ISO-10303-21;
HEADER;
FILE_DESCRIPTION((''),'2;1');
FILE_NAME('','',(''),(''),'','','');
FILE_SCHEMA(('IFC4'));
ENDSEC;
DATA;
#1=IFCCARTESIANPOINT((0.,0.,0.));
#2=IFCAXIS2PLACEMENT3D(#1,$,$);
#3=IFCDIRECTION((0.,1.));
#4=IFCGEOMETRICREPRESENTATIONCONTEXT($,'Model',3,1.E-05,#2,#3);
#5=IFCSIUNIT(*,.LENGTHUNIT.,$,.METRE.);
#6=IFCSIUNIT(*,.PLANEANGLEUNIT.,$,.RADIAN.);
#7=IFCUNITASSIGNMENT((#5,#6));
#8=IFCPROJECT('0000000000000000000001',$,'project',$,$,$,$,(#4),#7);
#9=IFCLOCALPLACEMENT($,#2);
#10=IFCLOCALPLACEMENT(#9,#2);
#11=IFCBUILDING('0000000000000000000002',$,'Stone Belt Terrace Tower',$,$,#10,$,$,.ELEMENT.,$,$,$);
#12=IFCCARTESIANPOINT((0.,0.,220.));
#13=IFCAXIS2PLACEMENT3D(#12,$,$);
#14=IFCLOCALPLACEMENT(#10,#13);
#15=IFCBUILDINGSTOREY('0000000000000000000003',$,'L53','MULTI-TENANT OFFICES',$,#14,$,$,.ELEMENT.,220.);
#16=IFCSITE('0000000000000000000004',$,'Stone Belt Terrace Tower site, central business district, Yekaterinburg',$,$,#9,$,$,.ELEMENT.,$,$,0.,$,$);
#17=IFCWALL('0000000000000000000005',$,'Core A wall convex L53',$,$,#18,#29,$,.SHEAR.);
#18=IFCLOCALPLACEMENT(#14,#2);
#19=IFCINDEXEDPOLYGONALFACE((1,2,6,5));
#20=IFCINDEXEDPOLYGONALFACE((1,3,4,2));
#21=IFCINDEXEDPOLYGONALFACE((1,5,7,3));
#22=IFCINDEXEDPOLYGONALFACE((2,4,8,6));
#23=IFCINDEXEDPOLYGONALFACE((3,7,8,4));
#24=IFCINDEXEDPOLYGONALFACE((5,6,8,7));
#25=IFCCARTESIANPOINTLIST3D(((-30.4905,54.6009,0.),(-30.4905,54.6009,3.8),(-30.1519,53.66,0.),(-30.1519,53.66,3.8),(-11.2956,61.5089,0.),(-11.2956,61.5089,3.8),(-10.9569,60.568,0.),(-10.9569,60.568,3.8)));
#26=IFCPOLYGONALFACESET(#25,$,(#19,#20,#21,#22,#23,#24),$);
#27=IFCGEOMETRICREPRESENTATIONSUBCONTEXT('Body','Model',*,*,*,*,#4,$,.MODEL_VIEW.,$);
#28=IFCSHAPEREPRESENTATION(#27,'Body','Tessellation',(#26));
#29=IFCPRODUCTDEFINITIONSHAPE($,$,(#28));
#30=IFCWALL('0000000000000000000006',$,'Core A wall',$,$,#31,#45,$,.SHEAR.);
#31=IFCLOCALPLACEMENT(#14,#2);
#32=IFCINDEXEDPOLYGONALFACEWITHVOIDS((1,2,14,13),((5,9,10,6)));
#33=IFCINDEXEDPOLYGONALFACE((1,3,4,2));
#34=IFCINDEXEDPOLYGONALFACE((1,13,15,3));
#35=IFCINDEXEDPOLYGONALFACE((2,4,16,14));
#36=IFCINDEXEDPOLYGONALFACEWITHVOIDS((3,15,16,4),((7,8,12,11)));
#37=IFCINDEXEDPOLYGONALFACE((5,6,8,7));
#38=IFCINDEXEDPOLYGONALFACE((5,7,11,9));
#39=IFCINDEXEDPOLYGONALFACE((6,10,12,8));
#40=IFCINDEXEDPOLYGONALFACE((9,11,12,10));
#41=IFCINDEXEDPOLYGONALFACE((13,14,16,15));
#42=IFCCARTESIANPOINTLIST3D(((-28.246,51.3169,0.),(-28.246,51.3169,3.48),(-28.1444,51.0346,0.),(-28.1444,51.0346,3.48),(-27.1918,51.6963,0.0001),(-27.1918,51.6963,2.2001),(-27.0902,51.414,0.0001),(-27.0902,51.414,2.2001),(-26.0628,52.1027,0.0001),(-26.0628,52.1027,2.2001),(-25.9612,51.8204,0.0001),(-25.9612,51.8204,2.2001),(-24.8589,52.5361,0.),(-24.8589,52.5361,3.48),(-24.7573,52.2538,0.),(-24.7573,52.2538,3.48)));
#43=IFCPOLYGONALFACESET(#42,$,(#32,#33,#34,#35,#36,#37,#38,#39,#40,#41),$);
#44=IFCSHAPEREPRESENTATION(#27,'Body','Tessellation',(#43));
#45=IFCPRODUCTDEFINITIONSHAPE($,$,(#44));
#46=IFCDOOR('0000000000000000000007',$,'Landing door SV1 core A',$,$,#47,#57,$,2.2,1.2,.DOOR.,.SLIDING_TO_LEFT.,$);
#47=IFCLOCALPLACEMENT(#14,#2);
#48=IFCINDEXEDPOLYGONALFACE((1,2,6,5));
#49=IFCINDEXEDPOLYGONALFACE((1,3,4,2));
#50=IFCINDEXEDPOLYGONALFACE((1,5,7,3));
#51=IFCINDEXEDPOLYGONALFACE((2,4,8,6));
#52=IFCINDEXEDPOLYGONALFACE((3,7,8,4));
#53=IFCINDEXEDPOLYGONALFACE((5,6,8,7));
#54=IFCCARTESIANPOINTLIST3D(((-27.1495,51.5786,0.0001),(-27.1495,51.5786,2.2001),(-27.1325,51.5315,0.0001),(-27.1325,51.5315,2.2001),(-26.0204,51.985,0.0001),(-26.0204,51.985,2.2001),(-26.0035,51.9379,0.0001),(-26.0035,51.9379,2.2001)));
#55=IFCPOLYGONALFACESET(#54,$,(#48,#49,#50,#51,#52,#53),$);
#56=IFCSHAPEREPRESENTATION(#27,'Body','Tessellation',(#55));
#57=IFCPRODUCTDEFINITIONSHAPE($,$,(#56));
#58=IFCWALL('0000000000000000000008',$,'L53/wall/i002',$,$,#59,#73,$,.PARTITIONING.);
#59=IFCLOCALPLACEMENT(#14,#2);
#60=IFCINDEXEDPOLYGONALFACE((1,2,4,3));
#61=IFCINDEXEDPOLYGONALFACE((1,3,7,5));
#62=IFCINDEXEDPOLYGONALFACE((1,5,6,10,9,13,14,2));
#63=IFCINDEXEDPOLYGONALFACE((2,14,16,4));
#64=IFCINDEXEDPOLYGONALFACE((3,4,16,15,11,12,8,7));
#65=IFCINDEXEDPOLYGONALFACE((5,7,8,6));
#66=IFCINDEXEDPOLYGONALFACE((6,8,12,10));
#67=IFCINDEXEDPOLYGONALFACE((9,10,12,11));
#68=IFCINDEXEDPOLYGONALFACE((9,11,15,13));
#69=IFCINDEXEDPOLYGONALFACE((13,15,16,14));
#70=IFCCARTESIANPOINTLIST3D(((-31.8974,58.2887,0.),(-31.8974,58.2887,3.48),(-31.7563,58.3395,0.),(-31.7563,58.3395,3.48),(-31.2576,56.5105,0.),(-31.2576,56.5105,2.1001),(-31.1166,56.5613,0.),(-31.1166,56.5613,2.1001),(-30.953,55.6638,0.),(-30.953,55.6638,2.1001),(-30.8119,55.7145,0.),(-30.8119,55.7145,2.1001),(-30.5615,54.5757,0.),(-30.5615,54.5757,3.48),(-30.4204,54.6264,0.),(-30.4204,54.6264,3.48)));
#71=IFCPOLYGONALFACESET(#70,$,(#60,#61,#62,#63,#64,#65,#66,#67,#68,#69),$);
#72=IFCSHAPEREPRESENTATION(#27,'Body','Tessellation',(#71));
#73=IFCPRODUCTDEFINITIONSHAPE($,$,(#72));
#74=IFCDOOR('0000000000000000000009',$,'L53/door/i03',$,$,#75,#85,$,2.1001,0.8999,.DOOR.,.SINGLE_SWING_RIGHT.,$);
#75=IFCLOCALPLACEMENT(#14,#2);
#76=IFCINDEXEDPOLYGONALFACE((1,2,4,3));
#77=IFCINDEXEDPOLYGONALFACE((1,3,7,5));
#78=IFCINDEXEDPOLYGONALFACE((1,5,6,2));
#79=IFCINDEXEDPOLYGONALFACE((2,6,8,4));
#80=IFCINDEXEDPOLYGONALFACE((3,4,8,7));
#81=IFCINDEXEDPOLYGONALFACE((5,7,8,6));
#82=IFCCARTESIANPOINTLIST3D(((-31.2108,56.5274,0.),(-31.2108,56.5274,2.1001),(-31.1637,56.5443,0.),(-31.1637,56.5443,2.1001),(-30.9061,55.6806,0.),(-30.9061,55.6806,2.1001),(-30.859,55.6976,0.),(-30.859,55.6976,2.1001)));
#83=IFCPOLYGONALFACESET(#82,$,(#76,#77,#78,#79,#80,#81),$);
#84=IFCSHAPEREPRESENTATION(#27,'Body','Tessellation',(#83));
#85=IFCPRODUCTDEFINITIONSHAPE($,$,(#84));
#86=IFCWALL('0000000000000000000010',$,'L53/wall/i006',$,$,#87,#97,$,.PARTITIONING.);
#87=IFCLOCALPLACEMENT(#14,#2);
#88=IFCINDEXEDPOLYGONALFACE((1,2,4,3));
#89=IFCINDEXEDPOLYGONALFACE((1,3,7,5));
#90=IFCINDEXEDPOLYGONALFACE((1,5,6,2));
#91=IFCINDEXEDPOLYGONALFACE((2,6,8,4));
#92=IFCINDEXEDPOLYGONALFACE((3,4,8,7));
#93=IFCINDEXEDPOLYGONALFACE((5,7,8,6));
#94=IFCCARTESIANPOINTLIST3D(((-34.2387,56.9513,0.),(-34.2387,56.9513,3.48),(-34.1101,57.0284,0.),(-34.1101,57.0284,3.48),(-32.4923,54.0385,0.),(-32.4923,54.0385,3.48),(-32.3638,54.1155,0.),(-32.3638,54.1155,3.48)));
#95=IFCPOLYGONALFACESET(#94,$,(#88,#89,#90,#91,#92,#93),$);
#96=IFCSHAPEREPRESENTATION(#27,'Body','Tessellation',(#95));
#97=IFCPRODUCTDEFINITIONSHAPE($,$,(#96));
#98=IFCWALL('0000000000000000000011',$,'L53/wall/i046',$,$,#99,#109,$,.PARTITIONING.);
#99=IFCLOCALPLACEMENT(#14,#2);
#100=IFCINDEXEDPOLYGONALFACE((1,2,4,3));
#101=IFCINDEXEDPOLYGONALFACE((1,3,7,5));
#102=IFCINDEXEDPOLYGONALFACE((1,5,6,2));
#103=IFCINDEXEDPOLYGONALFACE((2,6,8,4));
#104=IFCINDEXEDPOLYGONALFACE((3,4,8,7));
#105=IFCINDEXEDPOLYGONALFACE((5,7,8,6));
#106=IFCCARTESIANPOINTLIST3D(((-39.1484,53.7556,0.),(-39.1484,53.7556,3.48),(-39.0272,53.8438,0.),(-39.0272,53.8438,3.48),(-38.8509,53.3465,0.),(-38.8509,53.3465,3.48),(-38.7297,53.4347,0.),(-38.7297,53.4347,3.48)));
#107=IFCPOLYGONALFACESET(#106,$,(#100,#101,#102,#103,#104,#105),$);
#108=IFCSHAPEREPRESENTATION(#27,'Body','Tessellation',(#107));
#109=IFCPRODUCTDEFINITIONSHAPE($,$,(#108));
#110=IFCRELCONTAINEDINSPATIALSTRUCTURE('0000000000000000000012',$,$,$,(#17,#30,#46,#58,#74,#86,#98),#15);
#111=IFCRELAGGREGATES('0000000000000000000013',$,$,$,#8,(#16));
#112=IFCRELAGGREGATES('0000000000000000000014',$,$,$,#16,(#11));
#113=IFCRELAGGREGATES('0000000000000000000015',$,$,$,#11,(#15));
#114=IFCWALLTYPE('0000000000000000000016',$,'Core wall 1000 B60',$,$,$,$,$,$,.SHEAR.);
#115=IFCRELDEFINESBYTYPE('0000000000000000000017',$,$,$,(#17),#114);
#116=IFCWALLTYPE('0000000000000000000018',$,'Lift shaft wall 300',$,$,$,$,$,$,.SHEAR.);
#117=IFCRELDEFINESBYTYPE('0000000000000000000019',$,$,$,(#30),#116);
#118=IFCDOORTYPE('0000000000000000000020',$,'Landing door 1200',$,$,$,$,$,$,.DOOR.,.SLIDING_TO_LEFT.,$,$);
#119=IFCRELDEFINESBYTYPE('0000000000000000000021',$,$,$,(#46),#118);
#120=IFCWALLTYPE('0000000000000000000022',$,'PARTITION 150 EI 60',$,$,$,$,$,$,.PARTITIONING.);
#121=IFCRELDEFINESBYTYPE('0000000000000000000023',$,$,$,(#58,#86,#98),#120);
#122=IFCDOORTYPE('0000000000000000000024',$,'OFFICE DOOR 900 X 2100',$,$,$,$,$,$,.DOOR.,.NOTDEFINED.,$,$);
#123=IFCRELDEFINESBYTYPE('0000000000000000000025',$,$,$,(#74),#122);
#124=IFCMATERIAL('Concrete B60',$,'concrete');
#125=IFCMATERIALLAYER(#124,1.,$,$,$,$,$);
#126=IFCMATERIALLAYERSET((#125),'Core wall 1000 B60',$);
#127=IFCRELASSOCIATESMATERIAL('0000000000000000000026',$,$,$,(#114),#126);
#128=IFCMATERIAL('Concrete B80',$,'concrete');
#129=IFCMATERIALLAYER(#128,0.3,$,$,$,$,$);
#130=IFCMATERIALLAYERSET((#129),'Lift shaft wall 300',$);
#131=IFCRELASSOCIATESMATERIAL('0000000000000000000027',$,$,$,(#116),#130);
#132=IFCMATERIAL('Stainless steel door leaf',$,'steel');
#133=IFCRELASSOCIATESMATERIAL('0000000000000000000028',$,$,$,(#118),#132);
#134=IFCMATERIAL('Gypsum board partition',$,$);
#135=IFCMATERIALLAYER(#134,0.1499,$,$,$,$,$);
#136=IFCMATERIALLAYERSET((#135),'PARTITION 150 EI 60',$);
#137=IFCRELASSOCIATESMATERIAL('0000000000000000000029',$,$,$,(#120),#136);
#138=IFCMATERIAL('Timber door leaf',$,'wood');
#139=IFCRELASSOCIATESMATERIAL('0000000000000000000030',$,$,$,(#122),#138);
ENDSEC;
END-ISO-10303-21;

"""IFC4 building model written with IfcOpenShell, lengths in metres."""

from ifc_helpers import new_model, si_unit, direction, frame, frame_2d, origin, place, context, subcontext, project, spatial, rectangle, extrude, material, layer, layer_set, type_object, element, fill, save


model = new_model("IFC4")

# Units and contexts
model_context = context("Model", 3, precision=1e-05, world=origin(), true_north=direction((0.0, 1.0)))
body_context = subcontext(model_context, "Body", "Model", "MODEL_VIEW")
ifc_project = project(units=[si_unit("LENGTHUNIT", "METRE"), si_unit("PLANEANGLEUNIT", "RADIAN")], contexts=[model_context])

# Site, building, storey
site_placement = place(None, origin())
site = spatial("IfcSite", under=ifc_project, at=site_placement, Name="Stone Belt Terrace Tower site, central business district, Yekaterinburg", CompositionType="ELEMENT", RefElevation=0.0)
building_placement = place(site_placement, origin())
building = spatial("IfcBuilding", under=site, at=building_placement, Name="Stone Belt Terrace Tower", CompositionType="ELEMENT")
storey_placement = place(building_placement, frame((0.0, 0.0, 220.0)))
storey = spatial("IfcBuildingStorey", under=building, at=storey_placement, Name="L53", Description="MULTI-TENANT OFFICES", CompositionType="ELEMENT", Elevation=220.0)

# Shared definitions
ifc_material_1 = material(Name="Concrete B60", Category="concrete")

# Wall
ifc_layer_1 = layer(ifc_material_1, 1.0)
ifc_layer_set_1 = layer_set([ifc_layer_1], Name="Core wall 1000 B60")
wall_type_1 = type_object("IfcWallType", Name="Core wall 1000 B60", PredefinedType="SHEAR", material=ifc_layer_set_1)
wall_1_placement = place(storey_placement, frame((-30.3213, 54.1304, 0.0), z_axis=(0.0, 0.0, 1.0), x_axis=(0.940921, 0.338625, 0.0)))
element("IfcWall", 1, at=wall_1_placement, inside=storey, type_object=wall_type_1, Name="Core A wall convex L53", PredefinedType="SHEAR", context=body_context, shape_type="SweptSolid", body=[
    extrude(rectangle(XDim=20.4001, YDim=1.0, at=frame_2d((10.2002, 0.0))), origin(), (0.0, 0.0, 1.0), 3.8),
])

# Walls, openings, doors
ifc_material_2 = material(Name="Concrete B80", Category="concrete")
ifc_layer_2 = layer(ifc_material_2, 0.3)
ifc_layer_set_2 = layer_set([ifc_layer_2], Name="Lift shaft wall 300")
wall_type_2 = type_object("IfcWallType", Name="Lift shaft wall 300", PredefinedType="SHEAR", material=ifc_layer_set_2)
wall_2_placement = place(storey_placement, frame((-28.1951, 51.1758, 0.0), z_axis=(0.0, 0.0, 1.0), x_axis=(0.940901, 0.338681, 0.0)))
wall_2 = element("IfcWall", 2, at=wall_2_placement, inside=storey, type_object=wall_type_2, Name="Core A wall", PredefinedType="SHEAR", context=body_context, shape_type="SweptSolid", body=[
    extrude(rectangle(XDim=3.5999, YDim=0.3, at=frame_2d((1.7998, 0.0))), origin(), (0.0, 0.0, 1.0), 3.48),
])
opening_1_placement = place(wall_2_placement, frame((1.1201, 0.0, 0.0)))
opening_1 = element("IfcOpeningElement", 3, at=opening_1_placement, cuts=wall_2, PredefinedType="OPENING", context=body_context, shape_type="SweptSolid", body=[
    extrude(rectangle(XDim=1.2, YDim=2.2, at=frame_2d((0.6001, 1.1001))), frame((0.0, 0.1599, 0.0), z_axis=(0.0, -1.0, 0.0), x_axis=(1.0, 0.0, 0.0)), (0.0, 0.0, 1.0), 0.3201),
])
ifc_material_3 = material(Name="Stainless steel door leaf", Category="steel")
door_type_1 = type_object("IfcDoorType", Name="Landing door 1200", OperationType="SLIDING_TO_LEFT", PredefinedType="DOOR", material=ifc_material_3)
door_1_placement = place(opening_1_placement, origin())
door_1 = element("IfcDoor", 4, at=door_1_placement, inside=storey, type_object=door_type_1, Name="Landing door SV1 core A", OperationType="SLIDING_TO_LEFT", OverallHeight=2.2, OverallWidth=1.2, PredefinedType="DOOR", context=body_context, shape_type="SweptSolid", body=[
    extrude(rectangle(XDim=1.2, YDim=2.2, at=frame_2d((0.6001, 1.1001))), frame((0.0, 0.0249, 0.0), z_axis=(0.0, -1.0, 0.0), x_axis=(1.0, 0.0, 0.0)), (0.0, 0.0, 1.0), 0.05),
])
fill(opening_1, door_1)
ifc_material_4 = material(Name="Gypsum board partition")
ifc_layer_3 = layer(ifc_material_4, 0.1499)
ifc_layer_set_3 = layer_set([ifc_layer_3], Name="PARTITION 150 EI 60")
wall_type_3 = type_object("IfcWallType", Name="PARTITION 150 EI 60", PredefinedType="PARTITIONING", material=ifc_layer_set_3)
wall_3_placement = place(storey_placement, frame((-31.8269, 58.3142, 0.0), z_axis=(0.0, 0.0, 1.0), x_axis=(0.338542, -0.940951, 0.0)))
wall_3 = element("IfcWall", 5, at=wall_3_placement, inside=storey, type_object=wall_type_3, Name="L53/wall/i002", PredefinedType="PARTITIONING", context=body_context, shape_type="SweptSolid", body=[
    extrude(rectangle(XDim=3.946, YDim=0.1499, at=frame_2d((1.9731, 0.0))), origin(), (0.0, 0.0, 1.0), 3.48),
])
opening_2_placement = place(wall_3_placement, frame((1.8899, 0.0, 0.0)))
opening_2 = element("IfcOpeningElement", 6, at=opening_2_placement, cuts=wall_3, PredefinedType="OPENING", context=body_context, shape_type="SweptSolid", body=[
    extrude(rectangle(XDim=0.8999, YDim=2.1001, at=frame_2d((0.45, 1.05))), frame((0.0, 0.085, 0.0), z_axis=(0.0, -1.0, 0.0), x_axis=(1.0, 0.0, 0.0)), (0.0, 0.0, 1.0), 0.1699),
])
ifc_material_5 = material(Name="Timber door leaf", Category="wood")
door_type_2 = type_object("IfcDoorType", Name="OFFICE DOOR 900 X 2100", OperationType="NOTDEFINED", PredefinedType="DOOR", material=ifc_material_5)
door_2_placement = place(opening_2_placement, origin())
door_2 = element("IfcDoor", 7, at=door_2_placement, inside=storey, type_object=door_type_2, Name="L53/door/i03", OperationType="SINGLE_SWING_RIGHT", OverallHeight=2.1001, OverallWidth=0.8999, PredefinedType="DOOR", context=body_context, shape_type="SweptSolid", body=[
    extrude(rectangle(XDim=0.8999, YDim=2.1001, at=frame_2d((0.45, 1.05))), frame((0.0, 0.0249, 0.0), z_axis=(0.0, -1.0, 0.0), x_axis=(1.0, 0.0, 0.0)), (0.0, 0.0, 1.0), 0.05),
])
fill(opening_2, door_2)

# Walls
wall_4_placement = place(storey_placement, frame((-32.428, 54.0769, 0.0), z_axis=(0.0, 0.0, 1.0), x_axis=(-0.5142, 0.85767, 0.0)))
element("IfcWall", 8, at=wall_4_placement, inside=storey, type_object=wall_type_3, Name="L53/wall/i006", PredefinedType="PARTITIONING", context=body_context, shape_type="SweptSolid", body=[
    extrude(rectangle(XDim=3.3962, YDim=0.1499, at=frame_2d((1.6982, 0.0))), origin(), (0.0, 0.0, 1.0), 3.48),
])
wall_5_placement = place(storey_placement, frame((-38.7903, 53.3906, 0.0), z_axis=(0.0, 0.0, 1.0), x_axis=(-0.5882, 0.808715, 0.0)))
element("IfcWall", 9, at=wall_5_placement, inside=storey, type_object=wall_type_3, Name="L53/wall/i046", PredefinedType="PARTITIONING", context=body_context, shape_type="SweptSolid", body=[
    extrude(rectangle(XDim=0.5059, YDim=0.1499, at=frame_2d((0.2529, 0.0))), origin(), (0.0, 0.0, 1.0), 3.48),
])

save(model, "model.ifc")
